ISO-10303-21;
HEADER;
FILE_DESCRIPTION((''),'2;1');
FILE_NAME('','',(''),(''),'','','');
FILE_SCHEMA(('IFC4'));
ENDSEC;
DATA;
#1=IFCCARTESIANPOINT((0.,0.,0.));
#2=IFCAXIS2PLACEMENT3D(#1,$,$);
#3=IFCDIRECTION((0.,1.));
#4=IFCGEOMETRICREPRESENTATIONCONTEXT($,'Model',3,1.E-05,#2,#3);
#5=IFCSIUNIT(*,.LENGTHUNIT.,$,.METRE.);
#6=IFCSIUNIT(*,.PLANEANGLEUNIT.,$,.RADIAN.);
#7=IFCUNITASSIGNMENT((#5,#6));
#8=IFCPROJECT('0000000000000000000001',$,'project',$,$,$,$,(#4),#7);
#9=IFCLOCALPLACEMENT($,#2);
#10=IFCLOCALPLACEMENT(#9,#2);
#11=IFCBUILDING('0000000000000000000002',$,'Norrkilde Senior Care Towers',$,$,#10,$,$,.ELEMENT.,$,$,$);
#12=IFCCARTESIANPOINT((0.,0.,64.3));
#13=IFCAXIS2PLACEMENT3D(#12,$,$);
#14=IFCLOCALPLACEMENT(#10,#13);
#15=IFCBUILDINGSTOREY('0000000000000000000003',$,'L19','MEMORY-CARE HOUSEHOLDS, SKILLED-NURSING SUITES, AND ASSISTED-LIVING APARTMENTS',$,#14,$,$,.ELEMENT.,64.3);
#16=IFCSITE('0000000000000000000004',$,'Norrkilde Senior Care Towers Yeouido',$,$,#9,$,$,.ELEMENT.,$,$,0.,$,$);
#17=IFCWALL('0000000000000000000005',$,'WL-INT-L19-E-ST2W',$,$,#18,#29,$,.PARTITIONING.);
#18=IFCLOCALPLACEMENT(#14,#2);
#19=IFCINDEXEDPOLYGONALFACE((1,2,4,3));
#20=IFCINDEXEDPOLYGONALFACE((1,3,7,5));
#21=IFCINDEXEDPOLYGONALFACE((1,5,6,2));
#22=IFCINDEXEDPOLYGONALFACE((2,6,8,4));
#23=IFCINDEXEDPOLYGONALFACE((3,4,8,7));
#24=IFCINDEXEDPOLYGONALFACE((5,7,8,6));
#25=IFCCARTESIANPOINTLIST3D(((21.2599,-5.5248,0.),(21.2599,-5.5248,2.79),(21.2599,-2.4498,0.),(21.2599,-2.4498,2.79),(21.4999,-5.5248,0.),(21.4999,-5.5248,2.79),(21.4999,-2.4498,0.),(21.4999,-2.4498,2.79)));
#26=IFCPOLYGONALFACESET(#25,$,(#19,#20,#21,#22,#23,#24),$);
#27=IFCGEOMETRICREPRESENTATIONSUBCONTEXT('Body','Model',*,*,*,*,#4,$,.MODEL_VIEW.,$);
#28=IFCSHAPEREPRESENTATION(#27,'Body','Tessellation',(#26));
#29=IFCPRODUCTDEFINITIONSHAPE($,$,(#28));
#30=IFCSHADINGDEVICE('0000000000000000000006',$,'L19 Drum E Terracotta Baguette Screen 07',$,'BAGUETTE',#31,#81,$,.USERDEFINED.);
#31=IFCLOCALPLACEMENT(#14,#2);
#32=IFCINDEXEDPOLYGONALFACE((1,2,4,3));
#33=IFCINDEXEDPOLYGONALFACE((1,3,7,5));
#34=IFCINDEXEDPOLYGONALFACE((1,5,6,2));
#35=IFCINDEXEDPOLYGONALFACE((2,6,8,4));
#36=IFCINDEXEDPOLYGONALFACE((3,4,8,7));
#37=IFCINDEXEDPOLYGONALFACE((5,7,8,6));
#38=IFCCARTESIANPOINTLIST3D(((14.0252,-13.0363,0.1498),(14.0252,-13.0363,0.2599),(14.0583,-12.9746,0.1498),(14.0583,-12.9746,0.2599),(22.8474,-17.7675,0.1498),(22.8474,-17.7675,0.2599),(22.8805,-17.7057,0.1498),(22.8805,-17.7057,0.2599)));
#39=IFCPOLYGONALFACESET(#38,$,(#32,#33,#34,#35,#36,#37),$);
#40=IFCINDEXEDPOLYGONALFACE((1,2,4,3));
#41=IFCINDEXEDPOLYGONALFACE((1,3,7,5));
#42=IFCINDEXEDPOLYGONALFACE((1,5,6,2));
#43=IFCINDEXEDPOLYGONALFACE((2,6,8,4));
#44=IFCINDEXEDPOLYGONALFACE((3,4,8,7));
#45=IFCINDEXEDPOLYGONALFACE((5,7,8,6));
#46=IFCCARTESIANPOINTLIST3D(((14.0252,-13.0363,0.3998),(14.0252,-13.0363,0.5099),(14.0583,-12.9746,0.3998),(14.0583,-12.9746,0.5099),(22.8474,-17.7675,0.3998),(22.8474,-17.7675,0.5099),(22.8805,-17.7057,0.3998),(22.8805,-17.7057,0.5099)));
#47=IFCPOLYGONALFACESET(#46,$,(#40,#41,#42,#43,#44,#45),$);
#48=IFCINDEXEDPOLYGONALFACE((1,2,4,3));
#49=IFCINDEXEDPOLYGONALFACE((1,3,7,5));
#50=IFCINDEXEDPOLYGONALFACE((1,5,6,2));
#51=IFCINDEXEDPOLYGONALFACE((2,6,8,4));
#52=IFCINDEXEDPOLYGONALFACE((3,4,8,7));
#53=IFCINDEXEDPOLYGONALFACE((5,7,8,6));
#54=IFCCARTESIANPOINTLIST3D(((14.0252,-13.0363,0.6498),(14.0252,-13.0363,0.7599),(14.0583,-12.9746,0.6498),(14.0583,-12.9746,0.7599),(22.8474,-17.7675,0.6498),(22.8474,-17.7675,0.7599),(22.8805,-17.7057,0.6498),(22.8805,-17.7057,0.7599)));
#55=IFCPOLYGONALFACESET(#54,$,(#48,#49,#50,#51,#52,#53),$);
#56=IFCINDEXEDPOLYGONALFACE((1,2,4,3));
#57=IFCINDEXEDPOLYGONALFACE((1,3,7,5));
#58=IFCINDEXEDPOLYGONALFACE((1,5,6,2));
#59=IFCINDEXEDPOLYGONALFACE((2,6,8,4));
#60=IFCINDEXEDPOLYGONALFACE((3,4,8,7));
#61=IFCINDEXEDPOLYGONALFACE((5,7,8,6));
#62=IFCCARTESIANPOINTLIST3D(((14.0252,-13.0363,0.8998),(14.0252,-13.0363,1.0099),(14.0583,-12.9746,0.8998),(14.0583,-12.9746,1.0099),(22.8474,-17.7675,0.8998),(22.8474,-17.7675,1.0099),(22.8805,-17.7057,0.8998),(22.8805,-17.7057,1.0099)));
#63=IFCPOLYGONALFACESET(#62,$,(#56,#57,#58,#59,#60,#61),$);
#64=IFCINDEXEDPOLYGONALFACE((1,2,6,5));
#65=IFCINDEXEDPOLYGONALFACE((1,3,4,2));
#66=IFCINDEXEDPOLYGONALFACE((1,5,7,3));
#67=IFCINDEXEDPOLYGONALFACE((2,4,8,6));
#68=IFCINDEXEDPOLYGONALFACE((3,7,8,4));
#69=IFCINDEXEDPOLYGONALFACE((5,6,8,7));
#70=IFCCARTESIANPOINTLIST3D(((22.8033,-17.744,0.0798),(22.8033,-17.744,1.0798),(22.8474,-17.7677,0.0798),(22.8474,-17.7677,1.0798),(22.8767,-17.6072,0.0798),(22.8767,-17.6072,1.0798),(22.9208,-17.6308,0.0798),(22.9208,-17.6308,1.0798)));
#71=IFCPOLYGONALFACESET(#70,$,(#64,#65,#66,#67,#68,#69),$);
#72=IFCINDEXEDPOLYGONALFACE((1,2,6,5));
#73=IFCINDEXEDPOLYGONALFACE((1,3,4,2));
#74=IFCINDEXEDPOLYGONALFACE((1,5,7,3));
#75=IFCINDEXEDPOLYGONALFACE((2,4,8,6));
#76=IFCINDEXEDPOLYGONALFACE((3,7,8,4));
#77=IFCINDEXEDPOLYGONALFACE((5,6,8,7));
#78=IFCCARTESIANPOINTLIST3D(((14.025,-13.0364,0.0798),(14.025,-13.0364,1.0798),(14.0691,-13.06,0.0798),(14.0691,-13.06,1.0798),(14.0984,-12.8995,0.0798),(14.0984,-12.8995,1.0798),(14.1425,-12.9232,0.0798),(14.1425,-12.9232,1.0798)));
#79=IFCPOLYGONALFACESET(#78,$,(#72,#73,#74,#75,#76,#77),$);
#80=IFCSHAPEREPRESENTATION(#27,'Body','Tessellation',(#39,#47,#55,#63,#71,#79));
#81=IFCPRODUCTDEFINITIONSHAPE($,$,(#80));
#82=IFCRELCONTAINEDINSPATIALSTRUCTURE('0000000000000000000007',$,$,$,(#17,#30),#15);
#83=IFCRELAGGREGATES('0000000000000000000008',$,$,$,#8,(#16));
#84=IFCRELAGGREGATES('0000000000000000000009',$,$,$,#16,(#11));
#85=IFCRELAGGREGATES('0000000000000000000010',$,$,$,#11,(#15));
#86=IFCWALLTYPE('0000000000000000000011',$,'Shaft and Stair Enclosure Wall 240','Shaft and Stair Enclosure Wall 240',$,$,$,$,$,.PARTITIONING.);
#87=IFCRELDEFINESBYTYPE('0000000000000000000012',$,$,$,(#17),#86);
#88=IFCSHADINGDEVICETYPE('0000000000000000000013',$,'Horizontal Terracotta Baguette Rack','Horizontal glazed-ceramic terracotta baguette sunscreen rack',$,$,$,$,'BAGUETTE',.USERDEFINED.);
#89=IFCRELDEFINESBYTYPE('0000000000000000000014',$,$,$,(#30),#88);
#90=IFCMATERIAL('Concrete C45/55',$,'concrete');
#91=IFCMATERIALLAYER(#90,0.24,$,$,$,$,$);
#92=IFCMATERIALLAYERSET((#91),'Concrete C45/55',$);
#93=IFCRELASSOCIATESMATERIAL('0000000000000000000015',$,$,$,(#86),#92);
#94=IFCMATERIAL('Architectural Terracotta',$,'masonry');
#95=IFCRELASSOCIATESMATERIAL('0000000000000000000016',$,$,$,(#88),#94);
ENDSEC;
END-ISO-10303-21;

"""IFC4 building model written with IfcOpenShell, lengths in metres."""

from ifc_helpers import new_model, si_unit, direction, frame, frame_2d, origin, origin_2d, place, context, subcontext, project, spatial, rectangle, extrude, source, transform, mapped, material, layer, layer_set, type_object, type_shapes, element, save


model = new_model("IFC4")

# Units and contexts
model_context = context("Model", 3, precision=1e-05, world=origin(), true_north=direction((0.0, 1.0)))
body_context = subcontext(model_context, "Body", "Model", "MODEL_VIEW")
ifc_project = project(units=[si_unit("LENGTHUNIT", "METRE"), si_unit("PLANEANGLEUNIT", "RADIAN")], contexts=[model_context])

# Site, building, storey
site_placement = place(None, origin())
site = spatial("IfcSite", under=ifc_project, at=site_placement, Name="Norrkilde Senior Care Towers Yeouido", CompositionType="ELEMENT", RefElevation=0.0)
building_placement = place(site_placement, origin())
building = spatial("IfcBuilding", under=site, at=building_placement, Name="Norrkilde Senior Care Towers", CompositionType="ELEMENT")
storey_placement = place(building_placement, frame((0.0, 0.0, 64.3)))
storey = spatial("IfcBuildingStorey", under=building, at=storey_placement, Name="L19", Description="MEMORY-CARE HOUSEHOLDS, SKILLED-NURSING SUITES, AND ASSISTED-LIVING APARTMENTS", CompositionType="ELEMENT", Elevation=64.3)

# Wall
ifc_material_1 = material(Name="Concrete C45/55", Category="concrete")
ifc_layer_1 = layer(ifc_material_1, 0.24)
ifc_layer_set_1 = layer_set([ifc_layer_1], Name="Concrete C45/55")
wall_type_1 = type_object("IfcWallType", Name="Shaft and Stair Enclosure Wall 240", Description="Shaft and Stair Enclosure Wall 240", PredefinedType="PARTITIONING", material=ifc_layer_set_1)
shared_shape_1 = source(origin(), body_context, "Body", "SweptSolid", [
    extrude(rectangle(XDim=3.075, YDim=0.24, at=frame_2d((1.5376, 0.0))), origin(), (0.0, 0.0, 1.0), 2.79),
])
type_shapes(wall_type_1, [shared_shape_1])
wall_1_placement = place(storey_placement, frame((21.3799, -5.5249, 0.0), z_axis=(0.0, 0.0, 1.0), x_axis=(0.0, 1.0, 0.0)))
element("IfcWall", 1, at=wall_1_placement, inside=storey, type_object=wall_type_1, Name="WL-INT-L19-E-ST2W", PredefinedType="PARTITIONING", context=body_context, shape_type="MappedRepresentation", body=[
    mapped(shared_shape_1, transform((0.0, 0.0, 0.0), x_axis=(1.0, 0.0, 0.0), y_axis=(0.0, 1.0, 0.0), z_axis=(0.0, 0.0, 1.0), scale=1.0)),
])

# Shading device
ifc_material_2 = material(Name="Architectural Terracotta", Category="masonry")
shading_device_type = type_object("IfcShadingDeviceType", Name="Horizontal Terracotta Baguette Rack", Description="Horizontal glazed-ceramic terracotta baguette sunscreen rack", ElementType="BAGUETTE", PredefinedType="USERDEFINED", material=ifc_material_2)
shared_shape_2 = source(origin(), body_context, "Body", "SweptSolid", [
    extrude(rectangle(XDim=0.0701, YDim=0.1101, at=origin_2d()), frame((0.0, 0.0901, 0.125), z_axis=(1.0, 0.0, 0.0), x_axis=(0.0, 1.0, 0.0)), (0.0, 0.0, 1.0), 10.0107),
    extrude(rectangle(XDim=0.0701, YDim=0.1101, at=origin_2d()), frame((0.0, 0.0901, 0.375), z_axis=(1.0, 0.0, 0.0), x_axis=(0.0, 1.0, 0.0)), (0.0, 0.0, 1.0), 10.0107),
    extrude(rectangle(XDim=0.0701, YDim=0.1101, at=origin_2d()), frame((0.0, 0.0901, 0.625), z_axis=(1.0, 0.0, 0.0), x_axis=(0.0, 1.0, 0.0)), (0.0, 0.0, 1.0), 10.0107),
    extrude(rectangle(XDim=0.0701, YDim=0.1101, at=origin_2d()), frame((0.0, 0.0901, 0.875), z_axis=(1.0, 0.0, 0.0), x_axis=(0.0, 1.0, 0.0)), (0.0, 0.0, 1.0), 10.0107),
    extrude(rectangle(XDim=0.05, YDim=0.1553, at=origin_2d()), frame((0.0249, 0.0476, 0.0)), (0.0, 0.0, 1.0), 1.0),
    extrude(rectangle(XDim=0.05, YDim=0.1553, at=origin_2d()), frame((9.9858, 0.0476, 0.0)), (0.0, 0.0, 1.0), 1.0),
])
type_shapes(shading_device_type, [shared_shape_2])
shading_device_placement = place(storey_placement, frame((22.9065, -17.6572, 0.0798), z_axis=(0.0, 0.0, 1.0), x_axis=(-0.88128, 0.472612, 0.0)))
element("IfcShadingDevice", 2, at=shading_device_placement, inside=storey, type_object=shading_device_type, Name="L19 Drum E Terracotta Baguette Screen 07", ObjectType="BAGUETTE", PredefinedType="USERDEFINED", context=body_context, shape_type="MappedRepresentation", body=[
    mapped(shared_shape_2, transform((0.0, 0.0, 0.0), x_axis=(1.0, 0.0, 0.0), y_axis=(0.0, 1.0, 0.0), z_axis=(0.0, 0.0, 1.0), scale=1.0)),
])

save(model, "model.ifc")
